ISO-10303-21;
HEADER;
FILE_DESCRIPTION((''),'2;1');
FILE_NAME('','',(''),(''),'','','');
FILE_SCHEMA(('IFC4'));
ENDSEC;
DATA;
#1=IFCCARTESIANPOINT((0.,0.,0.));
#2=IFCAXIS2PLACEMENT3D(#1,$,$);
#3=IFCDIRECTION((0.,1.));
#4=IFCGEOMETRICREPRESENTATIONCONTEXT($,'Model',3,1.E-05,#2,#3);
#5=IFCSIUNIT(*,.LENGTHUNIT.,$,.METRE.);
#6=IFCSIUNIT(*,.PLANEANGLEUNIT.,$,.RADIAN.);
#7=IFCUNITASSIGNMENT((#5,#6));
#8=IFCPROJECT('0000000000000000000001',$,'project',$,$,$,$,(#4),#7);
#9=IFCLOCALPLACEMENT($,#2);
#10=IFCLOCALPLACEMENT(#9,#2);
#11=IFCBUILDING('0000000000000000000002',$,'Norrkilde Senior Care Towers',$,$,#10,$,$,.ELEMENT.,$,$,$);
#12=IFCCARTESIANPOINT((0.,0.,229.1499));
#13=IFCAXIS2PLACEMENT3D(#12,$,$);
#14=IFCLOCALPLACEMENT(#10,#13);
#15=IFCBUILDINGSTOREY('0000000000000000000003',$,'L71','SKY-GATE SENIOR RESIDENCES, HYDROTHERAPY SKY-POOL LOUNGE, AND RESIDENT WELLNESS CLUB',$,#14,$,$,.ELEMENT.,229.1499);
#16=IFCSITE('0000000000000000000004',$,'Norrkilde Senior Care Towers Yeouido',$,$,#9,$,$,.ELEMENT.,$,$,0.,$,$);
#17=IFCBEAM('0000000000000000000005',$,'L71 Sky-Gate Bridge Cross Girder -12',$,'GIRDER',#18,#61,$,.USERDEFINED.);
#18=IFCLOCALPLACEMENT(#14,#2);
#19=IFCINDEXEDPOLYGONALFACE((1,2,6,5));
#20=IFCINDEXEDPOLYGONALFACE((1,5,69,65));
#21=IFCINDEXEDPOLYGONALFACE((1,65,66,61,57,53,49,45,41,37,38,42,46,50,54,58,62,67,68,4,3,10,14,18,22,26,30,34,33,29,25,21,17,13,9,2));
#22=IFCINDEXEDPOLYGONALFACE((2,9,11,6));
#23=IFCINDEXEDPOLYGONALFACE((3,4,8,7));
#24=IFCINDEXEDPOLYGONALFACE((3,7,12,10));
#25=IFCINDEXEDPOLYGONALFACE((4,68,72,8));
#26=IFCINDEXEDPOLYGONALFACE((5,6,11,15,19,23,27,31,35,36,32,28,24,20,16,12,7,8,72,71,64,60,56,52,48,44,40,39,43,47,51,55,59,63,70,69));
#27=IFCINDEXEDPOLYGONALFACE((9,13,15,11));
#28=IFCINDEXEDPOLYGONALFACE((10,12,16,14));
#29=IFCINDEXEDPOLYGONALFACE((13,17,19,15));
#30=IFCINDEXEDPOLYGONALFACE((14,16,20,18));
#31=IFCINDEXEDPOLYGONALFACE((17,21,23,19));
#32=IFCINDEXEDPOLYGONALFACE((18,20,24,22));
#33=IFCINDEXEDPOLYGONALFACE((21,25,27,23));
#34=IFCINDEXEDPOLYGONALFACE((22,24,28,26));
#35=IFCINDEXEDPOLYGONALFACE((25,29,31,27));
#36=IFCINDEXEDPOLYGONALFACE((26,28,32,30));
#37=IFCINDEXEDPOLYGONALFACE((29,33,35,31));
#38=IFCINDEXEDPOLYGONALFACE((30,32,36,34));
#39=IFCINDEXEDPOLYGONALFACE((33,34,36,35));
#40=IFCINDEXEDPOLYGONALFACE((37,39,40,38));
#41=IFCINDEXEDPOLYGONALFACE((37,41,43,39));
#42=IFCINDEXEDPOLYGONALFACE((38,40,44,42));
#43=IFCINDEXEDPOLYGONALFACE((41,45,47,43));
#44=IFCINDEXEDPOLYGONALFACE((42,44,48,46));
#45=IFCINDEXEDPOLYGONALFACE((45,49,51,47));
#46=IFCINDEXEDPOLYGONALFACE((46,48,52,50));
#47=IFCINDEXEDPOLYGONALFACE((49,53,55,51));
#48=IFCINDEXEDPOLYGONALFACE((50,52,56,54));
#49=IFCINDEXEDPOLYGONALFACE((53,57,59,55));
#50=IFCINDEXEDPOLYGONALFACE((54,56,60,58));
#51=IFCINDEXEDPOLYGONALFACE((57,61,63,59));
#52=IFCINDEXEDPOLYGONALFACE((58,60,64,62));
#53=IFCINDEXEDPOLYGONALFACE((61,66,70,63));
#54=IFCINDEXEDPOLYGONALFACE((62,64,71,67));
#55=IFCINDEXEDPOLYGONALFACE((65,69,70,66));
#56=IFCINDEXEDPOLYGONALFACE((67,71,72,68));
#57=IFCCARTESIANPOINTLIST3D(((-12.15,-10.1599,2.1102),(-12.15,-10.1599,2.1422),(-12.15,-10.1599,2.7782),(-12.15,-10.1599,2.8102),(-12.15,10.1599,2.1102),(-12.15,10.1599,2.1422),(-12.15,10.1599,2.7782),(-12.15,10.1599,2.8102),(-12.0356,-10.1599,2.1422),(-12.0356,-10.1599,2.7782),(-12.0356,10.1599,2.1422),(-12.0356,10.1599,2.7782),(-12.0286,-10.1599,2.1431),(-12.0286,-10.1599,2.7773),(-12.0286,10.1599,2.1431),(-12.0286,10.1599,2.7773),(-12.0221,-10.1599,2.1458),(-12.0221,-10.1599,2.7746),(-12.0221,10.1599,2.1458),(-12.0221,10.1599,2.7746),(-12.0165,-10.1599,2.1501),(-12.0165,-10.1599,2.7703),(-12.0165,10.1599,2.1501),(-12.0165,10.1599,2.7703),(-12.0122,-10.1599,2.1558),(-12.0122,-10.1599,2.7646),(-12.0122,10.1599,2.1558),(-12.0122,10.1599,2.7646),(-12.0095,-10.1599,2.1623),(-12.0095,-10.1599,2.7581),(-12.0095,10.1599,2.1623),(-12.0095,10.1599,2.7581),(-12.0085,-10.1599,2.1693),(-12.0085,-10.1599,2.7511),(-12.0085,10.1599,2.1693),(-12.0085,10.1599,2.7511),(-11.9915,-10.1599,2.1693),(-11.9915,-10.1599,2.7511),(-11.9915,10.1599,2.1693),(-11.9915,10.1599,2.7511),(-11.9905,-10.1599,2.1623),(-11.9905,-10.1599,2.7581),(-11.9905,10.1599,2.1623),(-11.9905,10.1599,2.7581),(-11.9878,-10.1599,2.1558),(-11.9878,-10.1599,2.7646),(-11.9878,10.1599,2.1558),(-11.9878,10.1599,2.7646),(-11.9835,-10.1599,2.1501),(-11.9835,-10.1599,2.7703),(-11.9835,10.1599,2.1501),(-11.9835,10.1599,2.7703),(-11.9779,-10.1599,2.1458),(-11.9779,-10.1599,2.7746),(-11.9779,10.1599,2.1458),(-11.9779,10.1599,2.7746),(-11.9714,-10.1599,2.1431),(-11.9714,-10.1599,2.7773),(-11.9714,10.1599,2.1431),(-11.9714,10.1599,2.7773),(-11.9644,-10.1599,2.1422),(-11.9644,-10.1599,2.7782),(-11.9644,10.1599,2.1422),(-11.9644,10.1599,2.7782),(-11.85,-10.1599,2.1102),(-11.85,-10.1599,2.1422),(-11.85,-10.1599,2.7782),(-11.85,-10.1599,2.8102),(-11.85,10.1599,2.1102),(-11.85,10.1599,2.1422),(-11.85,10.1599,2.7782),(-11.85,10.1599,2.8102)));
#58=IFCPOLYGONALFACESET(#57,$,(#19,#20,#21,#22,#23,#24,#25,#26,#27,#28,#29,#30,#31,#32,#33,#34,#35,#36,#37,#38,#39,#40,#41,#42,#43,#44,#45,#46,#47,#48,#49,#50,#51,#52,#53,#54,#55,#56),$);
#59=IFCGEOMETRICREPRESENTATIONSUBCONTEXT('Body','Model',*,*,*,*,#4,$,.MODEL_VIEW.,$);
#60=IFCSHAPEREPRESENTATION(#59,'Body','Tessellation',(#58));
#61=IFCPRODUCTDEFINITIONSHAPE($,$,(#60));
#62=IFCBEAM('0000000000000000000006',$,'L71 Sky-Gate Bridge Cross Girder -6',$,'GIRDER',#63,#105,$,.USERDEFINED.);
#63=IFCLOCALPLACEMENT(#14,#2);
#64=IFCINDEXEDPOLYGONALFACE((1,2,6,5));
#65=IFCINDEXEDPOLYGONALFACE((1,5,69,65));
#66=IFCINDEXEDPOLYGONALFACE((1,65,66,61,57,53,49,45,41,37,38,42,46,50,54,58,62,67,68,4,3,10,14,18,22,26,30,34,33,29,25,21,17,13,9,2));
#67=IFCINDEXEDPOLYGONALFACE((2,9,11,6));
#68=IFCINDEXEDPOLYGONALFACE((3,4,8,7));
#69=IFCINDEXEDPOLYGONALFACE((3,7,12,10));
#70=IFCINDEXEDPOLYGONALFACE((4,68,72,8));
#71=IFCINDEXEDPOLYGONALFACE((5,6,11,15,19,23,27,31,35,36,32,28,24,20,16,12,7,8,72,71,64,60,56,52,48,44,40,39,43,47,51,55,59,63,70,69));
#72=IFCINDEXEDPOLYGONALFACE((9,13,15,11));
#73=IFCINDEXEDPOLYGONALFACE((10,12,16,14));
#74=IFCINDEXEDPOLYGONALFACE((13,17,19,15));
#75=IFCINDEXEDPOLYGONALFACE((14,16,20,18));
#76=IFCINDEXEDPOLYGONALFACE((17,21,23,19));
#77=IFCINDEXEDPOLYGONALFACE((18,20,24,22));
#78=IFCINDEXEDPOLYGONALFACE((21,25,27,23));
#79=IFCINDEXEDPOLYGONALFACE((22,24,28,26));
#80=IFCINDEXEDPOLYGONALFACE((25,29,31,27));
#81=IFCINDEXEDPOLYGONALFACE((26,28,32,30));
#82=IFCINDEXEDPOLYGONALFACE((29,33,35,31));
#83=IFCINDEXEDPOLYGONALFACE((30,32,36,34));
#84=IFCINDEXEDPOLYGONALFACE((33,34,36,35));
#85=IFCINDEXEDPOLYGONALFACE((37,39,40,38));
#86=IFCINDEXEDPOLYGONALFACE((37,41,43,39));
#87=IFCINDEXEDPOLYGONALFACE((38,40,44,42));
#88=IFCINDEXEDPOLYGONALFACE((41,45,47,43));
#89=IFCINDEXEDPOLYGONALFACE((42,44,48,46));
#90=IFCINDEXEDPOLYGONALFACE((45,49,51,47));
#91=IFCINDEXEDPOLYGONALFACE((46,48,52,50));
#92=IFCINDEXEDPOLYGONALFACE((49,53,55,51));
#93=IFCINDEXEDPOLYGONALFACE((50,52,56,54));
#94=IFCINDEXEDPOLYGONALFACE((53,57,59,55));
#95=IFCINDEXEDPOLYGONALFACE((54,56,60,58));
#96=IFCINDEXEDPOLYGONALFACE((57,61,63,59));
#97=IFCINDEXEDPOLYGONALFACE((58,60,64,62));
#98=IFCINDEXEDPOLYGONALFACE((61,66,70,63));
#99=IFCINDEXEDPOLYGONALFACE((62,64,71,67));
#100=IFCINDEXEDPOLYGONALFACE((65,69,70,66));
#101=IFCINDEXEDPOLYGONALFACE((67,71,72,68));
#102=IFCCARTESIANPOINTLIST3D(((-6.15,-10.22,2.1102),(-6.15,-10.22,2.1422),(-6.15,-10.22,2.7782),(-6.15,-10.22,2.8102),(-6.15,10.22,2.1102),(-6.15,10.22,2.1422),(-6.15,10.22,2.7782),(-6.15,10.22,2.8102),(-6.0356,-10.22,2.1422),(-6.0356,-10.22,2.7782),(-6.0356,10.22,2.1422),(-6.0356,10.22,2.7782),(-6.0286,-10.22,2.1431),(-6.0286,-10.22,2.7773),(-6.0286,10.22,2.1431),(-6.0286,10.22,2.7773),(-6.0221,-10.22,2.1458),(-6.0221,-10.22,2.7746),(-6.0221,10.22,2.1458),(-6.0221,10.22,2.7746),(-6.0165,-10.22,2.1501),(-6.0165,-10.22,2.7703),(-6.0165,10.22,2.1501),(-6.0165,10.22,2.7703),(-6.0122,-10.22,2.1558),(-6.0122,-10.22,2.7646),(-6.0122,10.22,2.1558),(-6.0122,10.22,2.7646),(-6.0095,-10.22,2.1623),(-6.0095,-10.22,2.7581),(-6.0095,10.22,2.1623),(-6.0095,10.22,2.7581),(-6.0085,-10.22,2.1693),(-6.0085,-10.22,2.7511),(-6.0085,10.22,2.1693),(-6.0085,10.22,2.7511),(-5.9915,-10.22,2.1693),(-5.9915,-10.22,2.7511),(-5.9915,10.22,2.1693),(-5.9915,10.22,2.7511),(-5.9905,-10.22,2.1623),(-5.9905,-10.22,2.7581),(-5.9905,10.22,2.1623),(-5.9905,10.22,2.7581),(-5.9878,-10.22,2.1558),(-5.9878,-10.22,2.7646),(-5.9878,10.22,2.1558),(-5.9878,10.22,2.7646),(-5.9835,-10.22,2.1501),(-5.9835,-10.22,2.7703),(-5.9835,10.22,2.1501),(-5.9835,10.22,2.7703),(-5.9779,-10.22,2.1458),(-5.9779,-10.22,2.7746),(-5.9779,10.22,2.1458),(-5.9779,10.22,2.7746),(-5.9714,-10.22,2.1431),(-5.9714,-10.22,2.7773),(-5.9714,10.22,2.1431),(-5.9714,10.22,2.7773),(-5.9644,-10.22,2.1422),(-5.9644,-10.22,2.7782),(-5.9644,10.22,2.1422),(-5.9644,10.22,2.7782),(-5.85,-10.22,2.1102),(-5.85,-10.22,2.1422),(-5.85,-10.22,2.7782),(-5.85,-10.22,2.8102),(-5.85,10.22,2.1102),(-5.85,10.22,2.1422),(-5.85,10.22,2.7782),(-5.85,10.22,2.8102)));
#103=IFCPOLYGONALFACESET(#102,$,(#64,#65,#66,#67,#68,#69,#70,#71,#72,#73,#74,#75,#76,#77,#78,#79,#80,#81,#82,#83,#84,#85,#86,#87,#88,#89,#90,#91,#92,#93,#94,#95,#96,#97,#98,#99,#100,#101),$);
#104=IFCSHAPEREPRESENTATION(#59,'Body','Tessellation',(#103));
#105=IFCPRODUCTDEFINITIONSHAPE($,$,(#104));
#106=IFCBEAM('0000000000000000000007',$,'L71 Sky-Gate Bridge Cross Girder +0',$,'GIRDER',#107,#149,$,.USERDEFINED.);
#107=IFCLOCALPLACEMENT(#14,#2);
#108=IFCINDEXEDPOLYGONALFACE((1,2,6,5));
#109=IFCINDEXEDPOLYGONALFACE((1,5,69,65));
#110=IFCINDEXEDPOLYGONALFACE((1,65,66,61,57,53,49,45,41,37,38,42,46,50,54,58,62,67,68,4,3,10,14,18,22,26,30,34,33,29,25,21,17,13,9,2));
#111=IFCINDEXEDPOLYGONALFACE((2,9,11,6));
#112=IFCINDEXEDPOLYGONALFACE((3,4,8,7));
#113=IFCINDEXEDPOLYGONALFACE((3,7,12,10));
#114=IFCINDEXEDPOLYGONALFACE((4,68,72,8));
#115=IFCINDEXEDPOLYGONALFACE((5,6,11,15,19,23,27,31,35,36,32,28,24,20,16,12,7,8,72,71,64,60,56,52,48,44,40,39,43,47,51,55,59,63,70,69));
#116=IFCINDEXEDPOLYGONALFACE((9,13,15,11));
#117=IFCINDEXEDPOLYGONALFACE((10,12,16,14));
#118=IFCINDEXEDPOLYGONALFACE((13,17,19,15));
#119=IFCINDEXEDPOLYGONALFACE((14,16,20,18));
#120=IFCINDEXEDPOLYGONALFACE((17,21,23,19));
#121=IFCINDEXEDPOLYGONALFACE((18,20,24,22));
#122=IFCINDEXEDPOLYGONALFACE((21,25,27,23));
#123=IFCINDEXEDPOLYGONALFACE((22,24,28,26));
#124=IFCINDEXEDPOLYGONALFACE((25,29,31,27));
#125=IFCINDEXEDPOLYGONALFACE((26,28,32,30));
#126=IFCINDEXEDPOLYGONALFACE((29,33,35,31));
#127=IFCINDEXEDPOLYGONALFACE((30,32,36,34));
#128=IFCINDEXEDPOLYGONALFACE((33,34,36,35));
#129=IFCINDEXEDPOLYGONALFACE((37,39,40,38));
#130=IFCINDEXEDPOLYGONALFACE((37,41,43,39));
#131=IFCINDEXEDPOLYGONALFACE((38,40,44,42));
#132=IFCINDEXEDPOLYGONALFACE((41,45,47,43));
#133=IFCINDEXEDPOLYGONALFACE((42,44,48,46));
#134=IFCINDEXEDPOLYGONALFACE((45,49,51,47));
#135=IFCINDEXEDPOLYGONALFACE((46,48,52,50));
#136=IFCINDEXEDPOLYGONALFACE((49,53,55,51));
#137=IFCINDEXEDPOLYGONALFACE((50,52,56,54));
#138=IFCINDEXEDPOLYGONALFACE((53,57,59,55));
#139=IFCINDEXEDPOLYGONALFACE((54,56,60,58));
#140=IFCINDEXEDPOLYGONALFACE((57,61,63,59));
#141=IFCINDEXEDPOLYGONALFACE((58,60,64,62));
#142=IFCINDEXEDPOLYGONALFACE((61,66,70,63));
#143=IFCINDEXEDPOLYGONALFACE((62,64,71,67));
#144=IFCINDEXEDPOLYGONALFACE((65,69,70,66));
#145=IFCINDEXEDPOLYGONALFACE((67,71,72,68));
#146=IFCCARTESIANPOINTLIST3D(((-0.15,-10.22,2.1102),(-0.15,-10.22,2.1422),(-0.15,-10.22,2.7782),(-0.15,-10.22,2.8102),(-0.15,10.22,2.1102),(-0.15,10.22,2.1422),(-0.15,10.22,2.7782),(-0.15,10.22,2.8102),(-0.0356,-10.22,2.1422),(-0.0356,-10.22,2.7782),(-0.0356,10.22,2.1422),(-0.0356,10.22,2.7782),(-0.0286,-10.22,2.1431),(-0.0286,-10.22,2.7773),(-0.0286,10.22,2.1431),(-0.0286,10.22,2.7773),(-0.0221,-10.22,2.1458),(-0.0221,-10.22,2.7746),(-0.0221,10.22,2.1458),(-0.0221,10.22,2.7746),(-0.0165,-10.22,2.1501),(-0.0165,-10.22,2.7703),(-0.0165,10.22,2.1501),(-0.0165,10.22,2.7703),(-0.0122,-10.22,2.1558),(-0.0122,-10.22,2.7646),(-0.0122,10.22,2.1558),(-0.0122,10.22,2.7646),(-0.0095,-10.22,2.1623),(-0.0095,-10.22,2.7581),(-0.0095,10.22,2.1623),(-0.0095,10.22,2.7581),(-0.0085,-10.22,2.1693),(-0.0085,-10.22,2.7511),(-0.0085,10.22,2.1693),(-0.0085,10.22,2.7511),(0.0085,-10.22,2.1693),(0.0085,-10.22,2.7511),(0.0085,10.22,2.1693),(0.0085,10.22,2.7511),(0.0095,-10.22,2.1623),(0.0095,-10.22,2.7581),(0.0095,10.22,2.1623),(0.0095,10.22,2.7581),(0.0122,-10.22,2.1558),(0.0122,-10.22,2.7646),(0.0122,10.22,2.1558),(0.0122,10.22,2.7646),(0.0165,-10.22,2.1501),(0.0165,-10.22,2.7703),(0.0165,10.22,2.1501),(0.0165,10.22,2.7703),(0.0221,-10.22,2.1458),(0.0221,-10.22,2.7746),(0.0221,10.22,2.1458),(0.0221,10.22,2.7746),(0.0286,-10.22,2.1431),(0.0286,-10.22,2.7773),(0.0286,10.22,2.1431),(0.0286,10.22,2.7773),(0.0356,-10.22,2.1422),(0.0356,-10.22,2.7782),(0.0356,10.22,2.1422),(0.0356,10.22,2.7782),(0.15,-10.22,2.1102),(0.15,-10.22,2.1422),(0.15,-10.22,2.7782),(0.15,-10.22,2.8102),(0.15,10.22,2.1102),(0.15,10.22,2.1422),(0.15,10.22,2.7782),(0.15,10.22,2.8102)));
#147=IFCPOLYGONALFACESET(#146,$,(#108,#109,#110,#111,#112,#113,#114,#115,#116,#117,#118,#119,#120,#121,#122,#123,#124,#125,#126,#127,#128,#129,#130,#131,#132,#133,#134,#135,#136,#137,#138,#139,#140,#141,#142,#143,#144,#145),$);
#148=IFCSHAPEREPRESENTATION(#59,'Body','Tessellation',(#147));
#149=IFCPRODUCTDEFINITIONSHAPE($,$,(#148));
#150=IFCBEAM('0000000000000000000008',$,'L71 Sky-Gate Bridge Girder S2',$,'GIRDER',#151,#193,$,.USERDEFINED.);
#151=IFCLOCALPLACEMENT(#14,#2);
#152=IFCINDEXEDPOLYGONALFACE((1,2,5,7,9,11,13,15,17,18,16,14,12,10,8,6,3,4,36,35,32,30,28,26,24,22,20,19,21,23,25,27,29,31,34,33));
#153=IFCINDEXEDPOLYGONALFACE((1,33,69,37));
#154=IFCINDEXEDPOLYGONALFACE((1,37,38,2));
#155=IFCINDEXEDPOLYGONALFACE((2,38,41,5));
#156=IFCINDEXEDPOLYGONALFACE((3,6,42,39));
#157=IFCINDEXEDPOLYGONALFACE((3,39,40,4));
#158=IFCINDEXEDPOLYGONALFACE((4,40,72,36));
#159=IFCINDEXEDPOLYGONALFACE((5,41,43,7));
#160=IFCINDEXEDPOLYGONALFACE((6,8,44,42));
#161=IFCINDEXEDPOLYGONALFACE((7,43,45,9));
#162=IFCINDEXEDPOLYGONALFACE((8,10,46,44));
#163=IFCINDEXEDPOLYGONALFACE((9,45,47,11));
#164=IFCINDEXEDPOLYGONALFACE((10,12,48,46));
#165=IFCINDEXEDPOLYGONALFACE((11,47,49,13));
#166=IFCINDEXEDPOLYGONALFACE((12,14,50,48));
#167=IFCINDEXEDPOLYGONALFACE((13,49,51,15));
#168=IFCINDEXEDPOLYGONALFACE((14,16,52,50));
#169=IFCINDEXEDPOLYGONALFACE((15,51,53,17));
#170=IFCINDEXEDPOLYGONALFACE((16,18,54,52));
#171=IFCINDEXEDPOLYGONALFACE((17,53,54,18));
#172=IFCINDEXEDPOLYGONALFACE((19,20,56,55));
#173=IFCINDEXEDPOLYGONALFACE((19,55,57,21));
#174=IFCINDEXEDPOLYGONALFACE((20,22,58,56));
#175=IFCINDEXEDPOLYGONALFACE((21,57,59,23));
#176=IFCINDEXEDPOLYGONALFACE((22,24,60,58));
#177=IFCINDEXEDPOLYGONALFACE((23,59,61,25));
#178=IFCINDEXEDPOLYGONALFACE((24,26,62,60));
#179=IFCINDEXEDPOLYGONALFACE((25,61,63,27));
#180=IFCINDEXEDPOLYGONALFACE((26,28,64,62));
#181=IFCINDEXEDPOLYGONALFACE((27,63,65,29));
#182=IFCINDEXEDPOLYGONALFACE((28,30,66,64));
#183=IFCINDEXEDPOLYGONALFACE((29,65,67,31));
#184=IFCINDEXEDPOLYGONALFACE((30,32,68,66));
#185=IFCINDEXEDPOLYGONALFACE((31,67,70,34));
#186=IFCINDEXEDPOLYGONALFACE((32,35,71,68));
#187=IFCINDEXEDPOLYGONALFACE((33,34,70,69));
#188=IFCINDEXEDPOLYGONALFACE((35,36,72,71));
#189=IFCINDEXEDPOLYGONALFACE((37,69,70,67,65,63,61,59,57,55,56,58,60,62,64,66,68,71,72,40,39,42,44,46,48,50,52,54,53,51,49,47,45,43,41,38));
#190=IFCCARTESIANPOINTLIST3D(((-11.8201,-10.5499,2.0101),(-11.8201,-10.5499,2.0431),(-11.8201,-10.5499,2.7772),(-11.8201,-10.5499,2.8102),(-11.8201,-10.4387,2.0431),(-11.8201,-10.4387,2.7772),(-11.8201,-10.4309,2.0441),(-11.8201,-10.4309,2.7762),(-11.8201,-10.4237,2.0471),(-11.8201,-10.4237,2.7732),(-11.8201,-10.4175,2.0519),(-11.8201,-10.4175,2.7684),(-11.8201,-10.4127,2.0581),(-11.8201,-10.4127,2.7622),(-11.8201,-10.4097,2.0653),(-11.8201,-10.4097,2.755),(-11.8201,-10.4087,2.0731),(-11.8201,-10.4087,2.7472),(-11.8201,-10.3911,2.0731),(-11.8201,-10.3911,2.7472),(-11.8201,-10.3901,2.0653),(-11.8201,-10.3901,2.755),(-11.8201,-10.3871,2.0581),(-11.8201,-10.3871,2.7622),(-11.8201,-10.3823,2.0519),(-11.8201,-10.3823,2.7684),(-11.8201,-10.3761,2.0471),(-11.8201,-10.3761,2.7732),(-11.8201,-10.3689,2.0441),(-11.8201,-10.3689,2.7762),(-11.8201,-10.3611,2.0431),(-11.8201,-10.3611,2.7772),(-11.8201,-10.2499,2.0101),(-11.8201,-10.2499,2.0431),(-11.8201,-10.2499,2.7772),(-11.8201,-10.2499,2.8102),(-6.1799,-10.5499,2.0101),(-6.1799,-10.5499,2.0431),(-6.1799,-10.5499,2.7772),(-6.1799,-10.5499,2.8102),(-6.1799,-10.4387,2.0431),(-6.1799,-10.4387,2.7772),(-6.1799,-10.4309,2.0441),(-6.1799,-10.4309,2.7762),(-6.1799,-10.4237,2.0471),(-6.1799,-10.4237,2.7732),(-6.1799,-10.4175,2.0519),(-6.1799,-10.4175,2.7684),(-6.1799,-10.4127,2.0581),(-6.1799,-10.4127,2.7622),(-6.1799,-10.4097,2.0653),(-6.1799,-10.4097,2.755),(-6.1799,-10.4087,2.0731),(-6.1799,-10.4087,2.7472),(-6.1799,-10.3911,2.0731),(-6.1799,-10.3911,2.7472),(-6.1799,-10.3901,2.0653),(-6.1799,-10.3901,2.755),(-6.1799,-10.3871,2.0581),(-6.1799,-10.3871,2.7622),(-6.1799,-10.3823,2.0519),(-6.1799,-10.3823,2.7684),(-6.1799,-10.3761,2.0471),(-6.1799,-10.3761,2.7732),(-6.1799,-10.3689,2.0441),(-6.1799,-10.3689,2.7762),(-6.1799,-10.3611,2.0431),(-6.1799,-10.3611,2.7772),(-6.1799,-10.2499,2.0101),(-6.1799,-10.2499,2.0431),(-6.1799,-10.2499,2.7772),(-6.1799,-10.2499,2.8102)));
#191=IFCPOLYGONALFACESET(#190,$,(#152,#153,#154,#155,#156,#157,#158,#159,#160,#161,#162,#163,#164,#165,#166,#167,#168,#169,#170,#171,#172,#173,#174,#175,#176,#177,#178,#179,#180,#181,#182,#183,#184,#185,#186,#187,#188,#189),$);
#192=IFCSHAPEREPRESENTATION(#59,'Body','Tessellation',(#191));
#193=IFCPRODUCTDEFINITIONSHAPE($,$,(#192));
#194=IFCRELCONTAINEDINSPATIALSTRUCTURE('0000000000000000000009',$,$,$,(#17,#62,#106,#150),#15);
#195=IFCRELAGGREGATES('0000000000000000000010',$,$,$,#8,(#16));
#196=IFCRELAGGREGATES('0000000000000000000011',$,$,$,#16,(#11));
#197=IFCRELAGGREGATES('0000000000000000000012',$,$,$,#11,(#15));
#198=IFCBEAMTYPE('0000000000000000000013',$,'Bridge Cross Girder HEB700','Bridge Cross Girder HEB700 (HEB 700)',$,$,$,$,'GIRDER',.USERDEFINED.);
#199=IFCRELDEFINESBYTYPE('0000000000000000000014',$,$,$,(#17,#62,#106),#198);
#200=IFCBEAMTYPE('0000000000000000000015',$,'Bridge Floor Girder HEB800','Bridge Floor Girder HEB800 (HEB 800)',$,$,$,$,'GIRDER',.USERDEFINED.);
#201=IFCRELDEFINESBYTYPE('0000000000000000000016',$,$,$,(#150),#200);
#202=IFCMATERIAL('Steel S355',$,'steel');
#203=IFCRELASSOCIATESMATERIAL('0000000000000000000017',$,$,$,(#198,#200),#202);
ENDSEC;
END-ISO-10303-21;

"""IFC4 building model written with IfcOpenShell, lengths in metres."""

from ifc_helpers import new_model, si_unit, direction, frame, origin, origin_2d, place, context, subcontext, project, spatial, i_section, extrude, source, transform, mapped, material, material_profile, profile_set, type_object, type_shapes, element, save


model = new_model("IFC4")

# Units and contexts
model_context = context("Model", 3, precision=1e-05, world=origin(), true_north=direction((0.0, 1.0)))
body_context = subcontext(model_context, "Body", "Model", "MODEL_VIEW")
ifc_project = project(units=[si_unit("LENGTHUNIT", "METRE"), si_unit("PLANEANGLEUNIT", "RADIAN")], contexts=[model_context])

# Site, building, storey
site_placement = place(None, origin())
site = spatial("IfcSite", under=ifc_project, at=site_placement, Name="Norrkilde Senior Care Towers Yeouido", CompositionType="ELEMENT", RefElevation=0.0)
building_placement = place(site_placement, origin())
building = spatial("IfcBuilding", under=site, at=building_placement, Name="Norrkilde Senior Care Towers", CompositionType="ELEMENT")
storey_placement = place(building_placement, frame((0.0, 0.0, 229.1499)))
storey = spatial("IfcBuildingStorey", under=building, at=storey_placement, Name="L71", Description="SKY-GATE SENIOR RESIDENCES, HYDROTHERAPY SKY-POOL LOUNGE, AND RESIDENT WELLNESS CLUB", CompositionType="ELEMENT", Elevation=229.1499)

# Shared definitions
ifc_material_1 = material(Name="Steel S355", Category="steel")

# Beams
ifc_material_profile_1 = material_profile(ifc_material_1, i_section(OverallWidth=0.3, OverallDepth=0.7, WebThickness=0.0171, FlangeThickness=0.032, FilletRadius=0.0271, at=origin_2d()), Name="HEB 700")
ifc_profile_set_1 = profile_set([ifc_material_profile_1], Name="Steel S355")
beam_type_1 = type_object("IfcBeamType", Name="Bridge Cross Girder HEB700", Description="Bridge Cross Girder HEB700 (HEB 700)", ElementType="GIRDER", PredefinedType="USERDEFINED", material=ifc_profile_set_1)
shared_shape_1 = source(origin(), body_context, "Body", "SweptSolid", [
    extrude(i_section(OverallWidth=0.3, OverallDepth=0.7, WebThickness=0.0171, FlangeThickness=0.032, FilletRadius=0.0271, at=origin_2d()), origin(), (0.0, 0.0, 1.0), 20.3198),
])
beam_1_placement = place(storey_placement, frame((-12.0, -10.1599, 2.4602), z_axis=(0.0, 1.0, 0.0), x_axis=(-1.0, 0.0, 0.0)))
element("IfcBeam", 1, at=beam_1_placement, inside=storey, type_object=beam_type_1, Name="L71 Sky-Gate Bridge Cross Girder -12", ObjectType="GIRDER", PredefinedType="USERDEFINED", context=body_context, shape_type="MappedRepresentation", body=[
    mapped(shared_shape_1, transform((0.0, 0.0, 0.0), x_axis=(1.0, 0.0, 0.0), y_axis=(0.0, 1.0, 0.0), z_axis=(0.0, 0.0, 1.0), scale=1.0)),
])
shared_shape_2 = source(origin(), body_context, "Body", "SweptSolid", [
    extrude(i_section(OverallWidth=0.3, OverallDepth=0.7, WebThickness=0.0171, FlangeThickness=0.032, FilletRadius=0.0271, at=origin_2d()), origin(), (0.0, 0.0, 1.0), 20.4399),
])
type_shapes(beam_type_1, [shared_shape_1, shared_shape_2])
for number, where, z_axis, x_axis, name in (
    (2, (-6.0, -10.22, 2.4602), (0.0, 1.0, 0.0), (-1.0, 0.0, 0.0), "L71 Sky-Gate Bridge Cross Girder -6"),
    (3, (0.0, -10.22, 2.4602), (0.0, 1.0, 0.0), (-1.0, 0.0, 0.0), "L71 Sky-Gate Bridge Cross Girder +0"),
):
    element("IfcBeam", number, at=place(storey_placement, frame(where, z_axis=z_axis, x_axis=x_axis)), inside=storey, type_object=beam_type_1, Name=name, ObjectType="GIRDER", PredefinedType="USERDEFINED", context=body_context, shape_type="MappedRepresentation", body=[
        mapped(shared_shape_2, transform((0.0, 0.0, 0.0), x_axis=(1.0, 0.0, 0.0), y_axis=(0.0, 1.0, 0.0), z_axis=(0.0, 0.0, 1.0), scale=1.0)),
    ])
ifc_material_profile_2 = material_profile(ifc_material_1, i_section(OverallWidth=0.3, OverallDepth=0.8, WebThickness=0.0176, FlangeThickness=0.033, FilletRadius=0.03, at=origin_2d()), Name="HEB 800")
ifc_profile_set_2 = profile_set([ifc_material_profile_2], Name="Steel S355")
beam_type_2 = type_object("IfcBeamType", Name="Bridge Floor Girder HEB800", Description="Bridge Floor Girder HEB800 (HEB 800)", ElementType="GIRDER", PredefinedType="USERDEFINED", material=ifc_profile_set_2)
shared_shape_3 = source(origin(), body_context, "Body", "SweptSolid", [
    extrude(i_section(OverallWidth=0.3, OverallDepth=0.8, WebThickness=0.0176, FlangeThickness=0.033, FilletRadius=0.03, at=origin_2d()), origin(), (0.0, 0.0, 1.0), 5.6401),
])
type_shapes(beam_type_2, [shared_shape_3])
for number, where, z_axis, x_axis, name in (
    (4, (-11.8201, -10.3999, 2.4102), (1.0, 0.0, 0.0), (0.0, 1.0, 0.0), "L71 Sky-Gate Bridge Girder S2"),
):
    element("IfcBeam", number, at=place(storey_placement, frame(where, z_axis=z_axis, x_axis=x_axis)), inside=storey, type_object=beam_type_2, Name=name, ObjectType="GIRDER", PredefinedType="USERDEFINED", context=body_context, shape_type="MappedRepresentation", body=[
        mapped(shared_shape_3, transform((0.0, 0.0, 0.0), x_axis=(1.0, 0.0, 0.0), y_axis=(0.0, 1.0, 0.0), z_axis=(0.0, 0.0, 1.0), scale=1.0)),
    ])

save(model, "model.ifc")
